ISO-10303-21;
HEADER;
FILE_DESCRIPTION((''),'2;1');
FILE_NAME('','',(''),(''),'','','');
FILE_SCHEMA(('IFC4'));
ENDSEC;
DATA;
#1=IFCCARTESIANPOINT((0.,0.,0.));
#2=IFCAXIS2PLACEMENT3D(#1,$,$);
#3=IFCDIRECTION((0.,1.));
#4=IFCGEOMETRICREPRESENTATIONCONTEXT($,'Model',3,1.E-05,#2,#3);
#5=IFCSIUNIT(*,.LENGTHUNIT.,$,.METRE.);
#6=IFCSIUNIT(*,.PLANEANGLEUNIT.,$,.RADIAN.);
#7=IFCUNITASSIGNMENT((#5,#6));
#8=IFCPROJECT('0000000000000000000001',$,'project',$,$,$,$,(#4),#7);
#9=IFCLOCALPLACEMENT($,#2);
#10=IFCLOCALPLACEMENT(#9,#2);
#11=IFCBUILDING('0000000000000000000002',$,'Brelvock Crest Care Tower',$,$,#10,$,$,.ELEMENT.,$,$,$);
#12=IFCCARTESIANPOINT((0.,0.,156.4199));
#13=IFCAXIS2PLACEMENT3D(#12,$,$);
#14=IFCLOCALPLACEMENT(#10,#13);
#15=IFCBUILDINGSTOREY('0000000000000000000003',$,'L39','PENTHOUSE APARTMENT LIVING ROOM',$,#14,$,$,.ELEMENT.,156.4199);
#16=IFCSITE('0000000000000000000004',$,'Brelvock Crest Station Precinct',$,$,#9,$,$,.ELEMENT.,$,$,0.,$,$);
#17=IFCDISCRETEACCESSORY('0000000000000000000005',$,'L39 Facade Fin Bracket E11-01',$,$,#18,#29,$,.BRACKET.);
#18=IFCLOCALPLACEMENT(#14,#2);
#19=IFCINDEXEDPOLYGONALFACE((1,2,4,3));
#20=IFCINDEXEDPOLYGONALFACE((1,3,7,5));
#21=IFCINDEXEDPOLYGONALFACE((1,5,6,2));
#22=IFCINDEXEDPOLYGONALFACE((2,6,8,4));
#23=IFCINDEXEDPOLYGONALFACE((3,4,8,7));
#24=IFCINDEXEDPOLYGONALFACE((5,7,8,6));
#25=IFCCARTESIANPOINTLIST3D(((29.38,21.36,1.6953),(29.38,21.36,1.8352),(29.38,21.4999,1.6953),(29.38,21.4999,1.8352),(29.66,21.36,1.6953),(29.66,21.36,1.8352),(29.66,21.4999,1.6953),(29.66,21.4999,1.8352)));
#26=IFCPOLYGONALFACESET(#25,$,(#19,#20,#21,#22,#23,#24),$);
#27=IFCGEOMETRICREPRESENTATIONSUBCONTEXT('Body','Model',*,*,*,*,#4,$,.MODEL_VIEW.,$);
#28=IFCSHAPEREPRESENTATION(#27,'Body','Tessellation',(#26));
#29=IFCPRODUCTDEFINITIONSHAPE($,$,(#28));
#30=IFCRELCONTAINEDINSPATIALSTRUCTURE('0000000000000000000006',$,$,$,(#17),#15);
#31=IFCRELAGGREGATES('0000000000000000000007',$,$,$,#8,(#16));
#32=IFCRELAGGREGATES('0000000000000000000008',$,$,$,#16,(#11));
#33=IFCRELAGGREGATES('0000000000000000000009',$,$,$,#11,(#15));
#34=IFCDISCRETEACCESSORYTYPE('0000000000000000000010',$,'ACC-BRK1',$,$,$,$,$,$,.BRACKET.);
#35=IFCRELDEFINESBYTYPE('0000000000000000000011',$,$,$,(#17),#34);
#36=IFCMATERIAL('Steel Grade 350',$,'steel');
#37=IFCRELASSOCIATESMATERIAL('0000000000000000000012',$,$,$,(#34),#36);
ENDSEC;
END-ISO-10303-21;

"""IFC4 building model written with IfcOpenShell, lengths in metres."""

from ifc_helpers import new_model, si_unit, direction, frame, origin, origin_2d, place, context, subcontext, project, spatial, rectangle, extrude, source, transform, mapped, material, type_object, element, save


model = new_model("IFC4")

# Units and contexts
model_context = context("Model", 3, precision=1e-05, world=origin(), true_north=direction((0.0, 1.0)))
body_context = subcontext(model_context, "Body", "Model", "MODEL_VIEW")
ifc_project = project(units=[si_unit("LENGTHUNIT", "METRE"), si_unit("PLANEANGLEUNIT", "RADIAN")], contexts=[model_context])

# Site, building, storey
site_placement = place(None, origin())
site = spatial("IfcSite", under=ifc_project, at=site_placement, Name="Brelvock Crest Station Precinct", CompositionType="ELEMENT", RefElevation=0.0)
building_placement = place(site_placement, origin())
building = spatial("IfcBuilding", under=site, at=building_placement, Name="Brelvock Crest Care Tower", CompositionType="ELEMENT")
storey_placement = place(building_placement, frame((0.0, 0.0, 156.4199)))
storey = spatial("IfcBuildingStorey", under=building, at=storey_placement, Name="L39", Description="PENTHOUSE APARTMENT LIVING ROOM", CompositionType="ELEMENT", Elevation=156.4199)

# Shared definitions
ifc_material_1 = material(Name="Steel Grade 350", Category="steel")

# Discrete accessory
discrete_accessory_type = type_object("IfcDiscreteAccessoryType", Name="ACC-BRK1", PredefinedType="BRACKET", material=ifc_material_1)
shared_shape_1 = source(origin(), body_context, "Body", "SweptSolid", [
    extrude(rectangle(XDim=0.28, YDim=0.1399, at=origin_2d()), origin(), (0.0, 0.0, 1.0), 0.1399),
])
discrete_accessory_placement = place(storey_placement, frame((29.52, 21.4299, 1.6953), z_axis=(0.0, 0.0, 1.0), x_axis=(-1.0, 0.0, 0.0)))
element("IfcDiscreteAccessory", 1, at=discrete_accessory_placement, inside=storey, type_object=discrete_accessory_type, Name="L39 Facade Fin Bracket E11-01", PredefinedType="BRACKET", context=body_context, shape_type="MappedRepresentation", body=[
    mapped(shared_shape_1, transform((0.0, 0.0, 0.0), x_axis=(1.0, 0.0, 0.0), y_axis=(0.0, 1.0, 0.0), z_axis=(0.0, 0.0, 1.0), scale=1.0)),
])

save(model, "model.ifc")
